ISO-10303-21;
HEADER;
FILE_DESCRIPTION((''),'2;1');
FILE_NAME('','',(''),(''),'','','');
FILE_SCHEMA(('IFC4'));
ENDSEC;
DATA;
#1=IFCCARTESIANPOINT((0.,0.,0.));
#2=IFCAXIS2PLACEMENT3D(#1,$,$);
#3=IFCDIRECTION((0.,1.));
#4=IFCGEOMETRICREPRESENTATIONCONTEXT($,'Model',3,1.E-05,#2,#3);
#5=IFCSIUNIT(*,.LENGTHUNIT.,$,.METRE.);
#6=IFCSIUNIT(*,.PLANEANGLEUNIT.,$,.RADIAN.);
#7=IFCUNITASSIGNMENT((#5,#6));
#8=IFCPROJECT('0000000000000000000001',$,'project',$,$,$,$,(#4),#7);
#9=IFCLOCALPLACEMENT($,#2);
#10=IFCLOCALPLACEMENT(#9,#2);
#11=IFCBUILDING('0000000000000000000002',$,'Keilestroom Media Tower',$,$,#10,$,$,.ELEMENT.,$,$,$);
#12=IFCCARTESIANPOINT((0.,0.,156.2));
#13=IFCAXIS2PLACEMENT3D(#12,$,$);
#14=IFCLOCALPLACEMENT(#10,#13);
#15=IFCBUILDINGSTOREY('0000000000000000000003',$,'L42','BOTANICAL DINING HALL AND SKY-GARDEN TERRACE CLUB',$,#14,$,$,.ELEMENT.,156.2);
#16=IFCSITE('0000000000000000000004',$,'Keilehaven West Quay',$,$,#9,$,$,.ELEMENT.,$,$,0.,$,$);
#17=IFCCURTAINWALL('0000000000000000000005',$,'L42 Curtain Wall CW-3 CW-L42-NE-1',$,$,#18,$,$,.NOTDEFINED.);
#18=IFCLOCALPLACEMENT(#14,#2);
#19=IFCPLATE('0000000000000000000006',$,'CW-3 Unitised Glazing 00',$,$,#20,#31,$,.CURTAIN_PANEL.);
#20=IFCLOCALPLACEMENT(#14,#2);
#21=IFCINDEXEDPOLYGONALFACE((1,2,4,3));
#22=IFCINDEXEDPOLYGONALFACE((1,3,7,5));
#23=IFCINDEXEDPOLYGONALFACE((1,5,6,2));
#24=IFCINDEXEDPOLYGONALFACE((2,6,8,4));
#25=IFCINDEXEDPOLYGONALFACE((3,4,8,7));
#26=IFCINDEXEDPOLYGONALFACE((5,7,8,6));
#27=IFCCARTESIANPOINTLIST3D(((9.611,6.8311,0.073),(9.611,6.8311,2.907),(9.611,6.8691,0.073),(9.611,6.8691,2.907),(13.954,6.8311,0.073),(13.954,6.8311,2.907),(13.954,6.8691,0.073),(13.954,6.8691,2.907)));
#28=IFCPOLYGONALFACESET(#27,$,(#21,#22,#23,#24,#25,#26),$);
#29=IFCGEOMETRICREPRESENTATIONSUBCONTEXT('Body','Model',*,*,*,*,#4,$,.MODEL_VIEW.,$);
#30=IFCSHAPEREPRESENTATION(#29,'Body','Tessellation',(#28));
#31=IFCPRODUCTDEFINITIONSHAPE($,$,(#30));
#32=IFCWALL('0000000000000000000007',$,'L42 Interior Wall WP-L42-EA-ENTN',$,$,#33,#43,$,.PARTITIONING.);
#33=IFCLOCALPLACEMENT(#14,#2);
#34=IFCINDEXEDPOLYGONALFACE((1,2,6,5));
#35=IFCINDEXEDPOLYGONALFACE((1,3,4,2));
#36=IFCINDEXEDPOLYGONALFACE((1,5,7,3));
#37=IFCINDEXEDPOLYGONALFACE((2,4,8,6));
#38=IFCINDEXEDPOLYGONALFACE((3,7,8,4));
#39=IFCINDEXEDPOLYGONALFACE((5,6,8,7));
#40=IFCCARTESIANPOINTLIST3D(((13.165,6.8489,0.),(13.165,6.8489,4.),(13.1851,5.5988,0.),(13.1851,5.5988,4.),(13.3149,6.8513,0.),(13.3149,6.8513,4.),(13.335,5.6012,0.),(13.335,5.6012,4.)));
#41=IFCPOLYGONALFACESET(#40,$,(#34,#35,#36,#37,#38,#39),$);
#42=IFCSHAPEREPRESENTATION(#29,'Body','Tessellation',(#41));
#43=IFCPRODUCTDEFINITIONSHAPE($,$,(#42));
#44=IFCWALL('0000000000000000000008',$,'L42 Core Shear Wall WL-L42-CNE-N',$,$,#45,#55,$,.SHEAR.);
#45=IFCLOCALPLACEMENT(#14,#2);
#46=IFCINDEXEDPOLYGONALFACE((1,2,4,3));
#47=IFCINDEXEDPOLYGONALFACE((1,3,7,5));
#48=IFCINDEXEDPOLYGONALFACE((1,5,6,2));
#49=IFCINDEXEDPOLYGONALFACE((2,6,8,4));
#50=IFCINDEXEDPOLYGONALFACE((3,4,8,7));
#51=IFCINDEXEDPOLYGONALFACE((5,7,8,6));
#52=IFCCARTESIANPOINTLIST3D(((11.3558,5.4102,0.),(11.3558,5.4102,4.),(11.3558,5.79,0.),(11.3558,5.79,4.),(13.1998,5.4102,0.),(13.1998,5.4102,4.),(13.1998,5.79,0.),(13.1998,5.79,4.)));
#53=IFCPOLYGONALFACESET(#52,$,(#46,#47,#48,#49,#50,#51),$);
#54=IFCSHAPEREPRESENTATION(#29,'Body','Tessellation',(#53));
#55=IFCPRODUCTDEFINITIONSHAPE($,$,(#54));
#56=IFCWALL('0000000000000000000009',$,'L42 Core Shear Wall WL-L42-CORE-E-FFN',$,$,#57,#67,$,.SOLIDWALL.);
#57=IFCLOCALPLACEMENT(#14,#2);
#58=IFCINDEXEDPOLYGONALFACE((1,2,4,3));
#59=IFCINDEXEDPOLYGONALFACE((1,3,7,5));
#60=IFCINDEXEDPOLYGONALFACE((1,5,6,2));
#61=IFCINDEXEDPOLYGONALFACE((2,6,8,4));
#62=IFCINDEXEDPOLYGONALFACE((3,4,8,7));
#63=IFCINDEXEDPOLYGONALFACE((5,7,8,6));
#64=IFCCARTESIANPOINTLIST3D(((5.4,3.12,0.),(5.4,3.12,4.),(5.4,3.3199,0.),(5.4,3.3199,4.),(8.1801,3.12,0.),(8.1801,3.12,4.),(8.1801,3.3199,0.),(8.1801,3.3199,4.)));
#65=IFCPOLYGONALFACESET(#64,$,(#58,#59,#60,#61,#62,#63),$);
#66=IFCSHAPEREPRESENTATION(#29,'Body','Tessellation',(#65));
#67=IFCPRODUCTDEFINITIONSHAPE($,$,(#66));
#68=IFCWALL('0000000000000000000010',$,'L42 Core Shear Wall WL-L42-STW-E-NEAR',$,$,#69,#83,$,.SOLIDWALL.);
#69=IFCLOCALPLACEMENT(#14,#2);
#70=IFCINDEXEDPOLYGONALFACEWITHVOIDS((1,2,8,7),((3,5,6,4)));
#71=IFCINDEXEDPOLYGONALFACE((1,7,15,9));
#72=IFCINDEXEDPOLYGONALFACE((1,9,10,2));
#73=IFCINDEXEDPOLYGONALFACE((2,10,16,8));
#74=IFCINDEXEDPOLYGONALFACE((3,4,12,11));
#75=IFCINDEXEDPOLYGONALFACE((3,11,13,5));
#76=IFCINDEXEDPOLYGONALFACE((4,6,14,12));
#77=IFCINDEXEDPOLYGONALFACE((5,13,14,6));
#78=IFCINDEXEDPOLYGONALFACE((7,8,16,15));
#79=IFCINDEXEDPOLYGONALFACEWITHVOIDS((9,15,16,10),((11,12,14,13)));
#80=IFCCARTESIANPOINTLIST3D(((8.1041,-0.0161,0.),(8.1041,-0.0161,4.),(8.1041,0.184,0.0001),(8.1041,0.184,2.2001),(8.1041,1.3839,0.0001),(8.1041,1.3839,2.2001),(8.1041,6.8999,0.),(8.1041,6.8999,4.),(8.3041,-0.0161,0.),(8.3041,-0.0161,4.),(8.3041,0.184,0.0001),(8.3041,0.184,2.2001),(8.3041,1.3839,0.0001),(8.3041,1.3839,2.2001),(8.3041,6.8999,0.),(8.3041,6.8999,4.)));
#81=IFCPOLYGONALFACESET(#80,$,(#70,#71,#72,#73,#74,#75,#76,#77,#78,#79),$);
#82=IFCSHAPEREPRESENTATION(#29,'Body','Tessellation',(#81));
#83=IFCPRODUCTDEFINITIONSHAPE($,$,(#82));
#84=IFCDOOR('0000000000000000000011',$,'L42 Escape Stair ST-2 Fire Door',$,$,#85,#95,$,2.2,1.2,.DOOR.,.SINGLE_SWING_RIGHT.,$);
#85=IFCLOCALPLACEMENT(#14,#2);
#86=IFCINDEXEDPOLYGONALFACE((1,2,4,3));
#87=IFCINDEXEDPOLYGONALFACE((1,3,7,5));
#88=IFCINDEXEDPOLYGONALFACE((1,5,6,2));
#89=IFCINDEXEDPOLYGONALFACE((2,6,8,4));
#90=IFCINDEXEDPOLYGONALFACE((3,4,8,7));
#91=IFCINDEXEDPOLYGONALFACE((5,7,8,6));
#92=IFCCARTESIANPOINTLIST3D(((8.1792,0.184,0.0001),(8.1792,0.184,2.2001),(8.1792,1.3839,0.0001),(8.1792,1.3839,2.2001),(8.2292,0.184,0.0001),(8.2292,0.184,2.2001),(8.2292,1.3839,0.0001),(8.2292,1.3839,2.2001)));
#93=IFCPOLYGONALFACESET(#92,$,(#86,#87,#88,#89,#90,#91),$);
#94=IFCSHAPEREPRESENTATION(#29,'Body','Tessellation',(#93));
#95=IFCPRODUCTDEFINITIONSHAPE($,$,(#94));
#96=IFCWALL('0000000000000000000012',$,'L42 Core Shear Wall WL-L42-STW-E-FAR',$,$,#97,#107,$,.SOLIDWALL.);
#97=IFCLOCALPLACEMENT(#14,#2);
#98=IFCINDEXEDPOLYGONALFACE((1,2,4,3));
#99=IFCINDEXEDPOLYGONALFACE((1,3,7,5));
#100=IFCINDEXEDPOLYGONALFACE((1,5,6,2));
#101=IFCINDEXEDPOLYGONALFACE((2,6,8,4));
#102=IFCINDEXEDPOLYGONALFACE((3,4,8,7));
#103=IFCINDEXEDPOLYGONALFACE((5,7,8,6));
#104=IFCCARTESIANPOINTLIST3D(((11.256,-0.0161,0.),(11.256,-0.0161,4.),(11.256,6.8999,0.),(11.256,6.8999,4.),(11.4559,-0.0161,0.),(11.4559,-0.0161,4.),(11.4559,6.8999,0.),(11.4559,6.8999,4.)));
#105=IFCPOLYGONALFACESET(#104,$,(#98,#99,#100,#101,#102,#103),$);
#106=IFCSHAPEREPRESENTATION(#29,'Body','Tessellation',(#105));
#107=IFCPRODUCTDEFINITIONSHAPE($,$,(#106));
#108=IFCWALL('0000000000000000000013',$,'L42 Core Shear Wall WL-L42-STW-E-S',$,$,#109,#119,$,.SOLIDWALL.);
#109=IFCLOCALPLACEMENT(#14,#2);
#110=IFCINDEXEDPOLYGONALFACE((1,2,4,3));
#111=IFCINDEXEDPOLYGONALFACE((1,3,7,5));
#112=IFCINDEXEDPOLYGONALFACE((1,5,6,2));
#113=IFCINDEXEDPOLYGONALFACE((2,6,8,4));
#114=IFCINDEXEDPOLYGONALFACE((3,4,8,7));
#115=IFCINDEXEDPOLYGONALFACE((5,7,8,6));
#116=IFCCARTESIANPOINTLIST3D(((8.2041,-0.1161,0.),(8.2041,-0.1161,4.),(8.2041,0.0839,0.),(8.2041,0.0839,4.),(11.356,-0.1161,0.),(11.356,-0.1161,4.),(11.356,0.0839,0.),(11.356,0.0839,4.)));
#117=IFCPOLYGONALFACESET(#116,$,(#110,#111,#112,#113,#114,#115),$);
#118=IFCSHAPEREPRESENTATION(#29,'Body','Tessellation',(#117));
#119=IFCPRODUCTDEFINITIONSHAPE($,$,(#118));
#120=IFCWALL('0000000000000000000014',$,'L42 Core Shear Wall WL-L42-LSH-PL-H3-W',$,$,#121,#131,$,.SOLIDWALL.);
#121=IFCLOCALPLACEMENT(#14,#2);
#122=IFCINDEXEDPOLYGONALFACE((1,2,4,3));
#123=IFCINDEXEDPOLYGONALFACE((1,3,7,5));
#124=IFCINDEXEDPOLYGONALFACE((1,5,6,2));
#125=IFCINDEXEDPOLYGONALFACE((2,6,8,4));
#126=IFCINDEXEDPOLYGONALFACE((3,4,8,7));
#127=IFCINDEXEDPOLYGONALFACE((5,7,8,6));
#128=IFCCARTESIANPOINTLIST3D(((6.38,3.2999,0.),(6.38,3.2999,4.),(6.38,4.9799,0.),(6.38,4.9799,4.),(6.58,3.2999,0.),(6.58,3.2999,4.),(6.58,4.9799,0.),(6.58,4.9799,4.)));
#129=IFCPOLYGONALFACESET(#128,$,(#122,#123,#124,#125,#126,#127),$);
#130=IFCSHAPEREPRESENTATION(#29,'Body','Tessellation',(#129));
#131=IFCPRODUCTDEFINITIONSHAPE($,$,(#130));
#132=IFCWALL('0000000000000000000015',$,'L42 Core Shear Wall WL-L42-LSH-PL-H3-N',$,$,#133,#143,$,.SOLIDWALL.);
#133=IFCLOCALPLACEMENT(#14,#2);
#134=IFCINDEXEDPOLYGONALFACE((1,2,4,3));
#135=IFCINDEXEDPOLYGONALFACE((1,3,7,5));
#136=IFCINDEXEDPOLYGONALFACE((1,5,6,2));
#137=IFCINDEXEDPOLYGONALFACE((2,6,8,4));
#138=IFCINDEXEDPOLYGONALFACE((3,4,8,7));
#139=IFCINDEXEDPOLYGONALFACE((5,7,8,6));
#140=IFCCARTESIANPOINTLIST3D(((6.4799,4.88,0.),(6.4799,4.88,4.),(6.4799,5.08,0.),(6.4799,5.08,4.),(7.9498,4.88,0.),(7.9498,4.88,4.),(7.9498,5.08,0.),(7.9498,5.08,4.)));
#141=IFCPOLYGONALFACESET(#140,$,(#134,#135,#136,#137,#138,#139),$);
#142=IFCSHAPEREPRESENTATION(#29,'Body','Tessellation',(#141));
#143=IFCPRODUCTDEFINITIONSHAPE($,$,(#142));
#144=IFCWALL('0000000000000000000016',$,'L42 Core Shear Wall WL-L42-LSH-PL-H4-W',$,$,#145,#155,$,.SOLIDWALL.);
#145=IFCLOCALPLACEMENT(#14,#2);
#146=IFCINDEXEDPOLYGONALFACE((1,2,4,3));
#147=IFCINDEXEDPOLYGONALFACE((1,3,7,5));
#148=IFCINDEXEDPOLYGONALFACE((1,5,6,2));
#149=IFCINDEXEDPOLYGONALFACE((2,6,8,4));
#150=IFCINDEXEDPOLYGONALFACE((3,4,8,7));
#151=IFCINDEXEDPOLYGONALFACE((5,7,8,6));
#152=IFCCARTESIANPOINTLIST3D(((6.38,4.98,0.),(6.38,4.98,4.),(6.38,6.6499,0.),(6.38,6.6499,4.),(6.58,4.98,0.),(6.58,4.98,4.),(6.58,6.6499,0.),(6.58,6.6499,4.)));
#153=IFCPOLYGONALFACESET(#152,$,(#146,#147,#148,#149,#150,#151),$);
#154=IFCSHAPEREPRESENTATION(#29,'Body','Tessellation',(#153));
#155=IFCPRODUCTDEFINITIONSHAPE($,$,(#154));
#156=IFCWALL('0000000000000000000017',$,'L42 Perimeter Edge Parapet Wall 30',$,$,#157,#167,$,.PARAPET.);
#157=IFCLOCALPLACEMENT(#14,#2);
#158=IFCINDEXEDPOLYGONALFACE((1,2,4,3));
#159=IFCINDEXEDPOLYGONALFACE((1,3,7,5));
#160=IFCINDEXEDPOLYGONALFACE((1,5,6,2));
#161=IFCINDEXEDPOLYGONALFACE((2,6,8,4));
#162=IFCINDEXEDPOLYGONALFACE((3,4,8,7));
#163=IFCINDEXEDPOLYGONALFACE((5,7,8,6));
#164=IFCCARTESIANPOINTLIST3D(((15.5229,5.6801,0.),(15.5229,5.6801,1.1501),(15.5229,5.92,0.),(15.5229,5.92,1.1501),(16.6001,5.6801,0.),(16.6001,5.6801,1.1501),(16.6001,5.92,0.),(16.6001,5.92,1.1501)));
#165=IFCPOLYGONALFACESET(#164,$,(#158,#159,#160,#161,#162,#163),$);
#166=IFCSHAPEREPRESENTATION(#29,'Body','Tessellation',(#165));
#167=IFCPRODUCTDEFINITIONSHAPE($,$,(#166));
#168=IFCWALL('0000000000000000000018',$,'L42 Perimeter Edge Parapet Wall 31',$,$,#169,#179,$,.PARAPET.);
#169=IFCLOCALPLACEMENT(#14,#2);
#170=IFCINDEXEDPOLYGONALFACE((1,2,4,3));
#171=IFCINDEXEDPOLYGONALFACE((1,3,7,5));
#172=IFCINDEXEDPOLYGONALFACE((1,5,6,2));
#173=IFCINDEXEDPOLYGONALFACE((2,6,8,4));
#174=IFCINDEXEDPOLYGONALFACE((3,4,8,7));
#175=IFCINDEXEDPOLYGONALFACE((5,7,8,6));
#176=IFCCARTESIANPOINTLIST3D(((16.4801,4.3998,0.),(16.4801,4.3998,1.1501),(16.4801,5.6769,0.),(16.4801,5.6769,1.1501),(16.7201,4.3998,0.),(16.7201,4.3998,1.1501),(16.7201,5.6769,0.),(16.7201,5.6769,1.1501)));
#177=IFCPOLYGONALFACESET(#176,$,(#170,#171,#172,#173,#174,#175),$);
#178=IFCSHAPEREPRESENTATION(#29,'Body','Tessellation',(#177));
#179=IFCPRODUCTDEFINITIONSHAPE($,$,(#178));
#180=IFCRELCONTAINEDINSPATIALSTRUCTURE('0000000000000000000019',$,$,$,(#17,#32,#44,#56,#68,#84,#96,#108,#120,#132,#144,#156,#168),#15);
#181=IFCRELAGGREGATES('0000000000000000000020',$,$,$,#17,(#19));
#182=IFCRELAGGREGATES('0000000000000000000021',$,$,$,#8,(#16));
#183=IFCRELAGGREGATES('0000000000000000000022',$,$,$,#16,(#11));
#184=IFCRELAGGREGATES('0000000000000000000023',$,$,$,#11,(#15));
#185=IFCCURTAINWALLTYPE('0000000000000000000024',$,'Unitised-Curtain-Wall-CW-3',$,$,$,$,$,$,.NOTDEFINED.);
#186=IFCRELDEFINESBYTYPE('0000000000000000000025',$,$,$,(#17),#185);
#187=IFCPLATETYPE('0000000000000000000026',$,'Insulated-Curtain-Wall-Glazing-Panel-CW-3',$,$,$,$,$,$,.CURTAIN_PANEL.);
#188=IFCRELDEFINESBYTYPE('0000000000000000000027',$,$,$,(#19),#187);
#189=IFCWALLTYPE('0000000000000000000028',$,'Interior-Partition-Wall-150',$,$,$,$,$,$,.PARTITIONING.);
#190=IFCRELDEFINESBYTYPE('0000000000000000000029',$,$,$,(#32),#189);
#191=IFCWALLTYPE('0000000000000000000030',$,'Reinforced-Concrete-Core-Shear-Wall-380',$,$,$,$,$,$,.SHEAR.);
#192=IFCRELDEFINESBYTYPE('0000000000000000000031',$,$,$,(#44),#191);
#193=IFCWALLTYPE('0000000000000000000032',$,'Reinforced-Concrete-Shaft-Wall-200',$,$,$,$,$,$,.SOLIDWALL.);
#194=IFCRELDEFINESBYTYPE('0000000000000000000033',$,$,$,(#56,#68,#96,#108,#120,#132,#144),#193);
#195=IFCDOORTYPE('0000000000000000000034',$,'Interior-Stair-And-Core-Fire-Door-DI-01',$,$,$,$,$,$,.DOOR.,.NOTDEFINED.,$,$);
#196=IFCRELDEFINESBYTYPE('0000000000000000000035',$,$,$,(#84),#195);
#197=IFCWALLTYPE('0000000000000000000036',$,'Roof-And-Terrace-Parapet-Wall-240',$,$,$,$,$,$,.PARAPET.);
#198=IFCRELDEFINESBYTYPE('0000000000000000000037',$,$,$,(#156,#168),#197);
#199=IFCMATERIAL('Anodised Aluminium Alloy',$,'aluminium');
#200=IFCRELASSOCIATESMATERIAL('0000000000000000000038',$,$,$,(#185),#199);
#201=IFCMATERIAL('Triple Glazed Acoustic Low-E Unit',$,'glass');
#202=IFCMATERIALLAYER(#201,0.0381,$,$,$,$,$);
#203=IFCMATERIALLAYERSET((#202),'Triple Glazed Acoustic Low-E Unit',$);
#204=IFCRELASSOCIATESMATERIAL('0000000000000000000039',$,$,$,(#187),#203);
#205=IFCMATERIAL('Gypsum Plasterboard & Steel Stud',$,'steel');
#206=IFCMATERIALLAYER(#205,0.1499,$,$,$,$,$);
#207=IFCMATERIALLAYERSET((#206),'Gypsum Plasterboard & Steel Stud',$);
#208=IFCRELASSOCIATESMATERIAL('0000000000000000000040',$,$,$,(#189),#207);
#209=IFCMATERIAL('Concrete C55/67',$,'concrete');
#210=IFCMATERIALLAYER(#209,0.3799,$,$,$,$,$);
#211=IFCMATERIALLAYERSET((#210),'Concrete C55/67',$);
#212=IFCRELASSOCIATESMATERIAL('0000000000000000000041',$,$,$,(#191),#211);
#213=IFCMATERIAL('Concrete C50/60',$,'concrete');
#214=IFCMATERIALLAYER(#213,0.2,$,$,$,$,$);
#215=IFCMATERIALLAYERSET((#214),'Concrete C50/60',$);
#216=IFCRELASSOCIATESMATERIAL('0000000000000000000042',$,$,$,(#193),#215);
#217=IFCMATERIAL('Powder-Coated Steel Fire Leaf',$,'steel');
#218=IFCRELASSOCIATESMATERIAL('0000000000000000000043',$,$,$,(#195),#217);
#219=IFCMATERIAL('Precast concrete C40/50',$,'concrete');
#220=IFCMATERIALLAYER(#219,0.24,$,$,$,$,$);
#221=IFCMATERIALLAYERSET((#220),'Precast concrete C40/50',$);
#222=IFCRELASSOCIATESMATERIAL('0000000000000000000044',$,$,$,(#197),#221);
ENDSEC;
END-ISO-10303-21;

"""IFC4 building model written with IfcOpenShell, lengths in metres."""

from ifc_helpers import new_model, si_unit, direction, frame, frame_2d, origin, origin_2d, place, context, subcontext, project, spatial, rectangle, extrude, source, transform, mapped, material, layer, layer_set, type_object, element, fill, aggregate, save


model = new_model("IFC4")

# Units and contexts
model_context = context("Model", 3, precision=1e-05, world=origin(), true_north=direction((0.0, 1.0)))
body_context = subcontext(model_context, "Body", "Model", "MODEL_VIEW")
ifc_project = project(units=[si_unit("LENGTHUNIT", "METRE"), si_unit("PLANEANGLEUNIT", "RADIAN")], contexts=[model_context])

# Site, building, storey
site_placement = place(None, origin())
site = spatial("IfcSite", under=ifc_project, at=site_placement, Name="Keilehaven West Quay", CompositionType="ELEMENT", RefElevation=0.0)
building_placement = place(site_placement, origin())
building = spatial("IfcBuilding", under=site, at=building_placement, Name="Keilestroom Media Tower", CompositionType="ELEMENT")
storey_placement = place(building_placement, frame((0.0, 0.0, 156.2)))
storey = spatial("IfcBuildingStorey", under=building, at=storey_placement, Name="L42", Description="BOTANICAL DINING HALL AND SKY-GARDEN TERRACE CLUB", CompositionType="ELEMENT", Elevation=156.2)

# Shared definitions
ifc_material_1 = material(Name="Precast concrete C40/50", Category="concrete")
ifc_material_2 = material(Name="Concrete C55/67", Category="concrete")

# Curtain wall
ifc_material_3 = material(Name="Anodised Aluminium Alloy", Category="aluminium")
curtain_wall_type = type_object("IfcCurtainWallType", Name="Unitised-Curtain-Wall-CW-3", PredefinedType="NOTDEFINED", material=ifc_material_3)
curtain_wall_placement = place(storey_placement, origin())
curtain_wall = element("IfcCurtainWall", 1, at=curtain_wall_placement, inside=storey, type_object=curtain_wall_type, Name="L42 Curtain Wall CW-3 CW-L42-NE-1", PredefinedType="NOTDEFINED")

# Plate
ifc_material_4 = material(Name="Triple Glazed Acoustic Low-E Unit", Category="glass")
ifc_layer_1 = layer(ifc_material_4, 0.0381)
ifc_layer_set_1 = layer_set([ifc_layer_1], Name="Triple Glazed Acoustic Low-E Unit")
plate_type = type_object("IfcPlateType", Name="Insulated-Curtain-Wall-Glazing-Panel-CW-3", PredefinedType="CURTAIN_PANEL", material=ifc_layer_set_1)
shared_shape_1 = source(origin(), body_context, "Body", "SweptSolid", [
    extrude(rectangle(XDim=4.343, YDim=0.0381, at=origin_2d()), origin(), (0.0, 0.0, 1.0), 2.834),
])
plate_placement = place(storey_placement, frame((11.7825, 6.8501, 0.073), z_axis=(0.0, 0.0, 1.0), x_axis=(1.0, 0.0, 0.0)))
plate = element("IfcPlate", 2, at=plate_placement, type_object=plate_type, Name="CW-3 Unitised Glazing 00", PredefinedType="CURTAIN_PANEL", context=body_context, shape_type="MappedRepresentation", body=[
    mapped(shared_shape_1, transform((0.0, 0.0, 0.0), x_axis=(1.0, 0.0, 0.0), y_axis=(0.0, 1.0, 0.0), z_axis=(0.0, 0.0, 1.0), scale=1.0)),
])
aggregate(curtain_wall, [plate])

# Walls
ifc_material_5 = material(Name="Gypsum Plasterboard & Steel Stud", Category="steel")
ifc_layer_2 = layer(ifc_material_5, 0.1499)
ifc_layer_set_2 = layer_set([ifc_layer_2], Name="Gypsum Plasterboard & Steel Stud")
wall_type_1 = type_object("IfcWallType", Name="Interior-Partition-Wall-150", PredefinedType="PARTITIONING", material=ifc_layer_set_2)
wall_1_placement = place(storey_placement, frame((13.26, 5.6001, 0.0), z_axis=(0.0, 0.0, 1.0), x_axis=(-0.016014, 0.999872, 0.0)))
element("IfcWall", 3, at=wall_1_placement, inside=storey, type_object=wall_type_1, Name="L42 Interior Wall WP-L42-EA-ENTN", PredefinedType="PARTITIONING", context=body_context, shape_type="SweptSolid", body=[
    extrude(rectangle(XDim=1.2502, YDim=0.1499, at=frame_2d((0.625, 0.0))), origin(), (0.0, 0.0, 1.0), 4.0),
])
ifc_layer_3 = layer(ifc_material_2, 0.3799)
ifc_layer_set_3 = layer_set([ifc_layer_3], Name="Concrete C55/67")
wall_type_2 = type_object("IfcWallType", Name="Reinforced-Concrete-Core-Shear-Wall-380", PredefinedType="SHEAR", material=ifc_layer_set_3)
wall_2_placement = place(storey_placement, frame((11.356, 5.6001, 0.0), z_axis=(0.0, 0.0, 1.0), x_axis=(1.0, 0.0, 0.0)))
element("IfcWall", 4, at=wall_2_placement, inside=storey, type_object=wall_type_2, Name="L42 Core Shear Wall WL-L42-CNE-N", PredefinedType="SHEAR", context=body_context, shape_type="SweptSolid", body=[
    extrude(rectangle(XDim=1.844, YDim=0.3799, at=frame_2d((0.9219, 0.0))), origin(), (0.0, 0.0, 1.0), 4.0),
])
ifc_material_6 = material(Name="Concrete C50/60", Category="concrete")
ifc_layer_4 = layer(ifc_material_6, 0.2)
ifc_layer_set_4 = layer_set([ifc_layer_4], Name="Concrete C50/60")
wall_type_3 = type_object("IfcWallType", Name="Reinforced-Concrete-Shaft-Wall-200", PredefinedType="SOLIDWALL", material=ifc_layer_set_4)
wall_3_placement = place(storey_placement, frame((5.3999, 3.22, 0.0), z_axis=(0.0, 0.0, 1.0), x_axis=(1.0, 0.0, 0.0)))
element("IfcWall", 5, at=wall_3_placement, inside=storey, type_object=wall_type_3, Name="L42 Core Shear Wall WL-L42-CORE-E-FFN", PredefinedType="SOLIDWALL", context=body_context, shape_type="SweptSolid", body=[
    extrude(rectangle(XDim=2.78, YDim=0.2, at=frame_2d((1.3901, 0.0))), origin(), (0.0, 0.0, 1.0), 4.0),
])

# Wall, opening, door
wall_4_placement = place(storey_placement, frame((8.2041, -0.0161, 0.0), z_axis=(0.0, 0.0, 1.0), x_axis=(0.0, 1.0, 0.0)))
wall_4 = element("IfcWall", 6, at=wall_4_placement, inside=storey, type_object=wall_type_3, Name="L42 Core Shear Wall WL-L42-STW-E-NEAR", PredefinedType="SOLIDWALL", context=body_context, shape_type="SweptSolid", body=[
    extrude(rectangle(XDim=6.916, YDim=0.2, at=frame_2d((3.458, 0.0))), origin(), (0.0, 0.0, 1.0), 4.0),
])
opening_placement = place(wall_4_placement, frame((0.2, 0.0, 0.0)))
opening = element("IfcOpeningElement", 7, at=opening_placement, cuts=wall_4, PredefinedType="OPENING", context=body_context, shape_type="SweptSolid", body=[
    extrude(rectangle(XDim=1.2, YDim=2.2, at=frame_2d((0.6001, 1.1001))), frame((0.0, 0.1099, 0.0), z_axis=(0.0, -1.0, 0.0), x_axis=(1.0, 0.0, 0.0)), (0.0, 0.0, 1.0), 0.22),
])
ifc_material_7 = material(Name="Powder-Coated Steel Fire Leaf", Category="steel")
door_type = type_object("IfcDoorType", Name="Interior-Stair-And-Core-Fire-Door-DI-01", OperationType="NOTDEFINED", PredefinedType="DOOR", material=ifc_material_7)
shared_shape_2 = source(origin(), body_context, "Body", "SweptSolid", [
    extrude(rectangle(XDim=1.2, YDim=2.2, at=frame_2d((0.6001, 1.1001))), frame((0.0, 0.0249, 0.0), z_axis=(0.0, -1.0, 0.0), x_axis=(1.0, 0.0, 0.0)), (0.0, 0.0, 1.0), 0.05),
])
door_placement = place(opening_placement, origin())
door = element("IfcDoor", 8, at=door_placement, inside=storey, type_object=door_type, Name="L42 Escape Stair ST-2 Fire Door", OperationType="SINGLE_SWING_RIGHT", OverallHeight=2.2, OverallWidth=1.2, PredefinedType="DOOR", context=body_context, shape_type="MappedRepresentation", body=[
    mapped(shared_shape_2, transform((0.0, 0.0, 0.0), x_axis=(1.0, 0.0, 0.0), y_axis=(0.0, 1.0, 0.0), z_axis=(0.0, 0.0, 1.0), scale=1.0)),
])
fill(opening, door)

# Walls
wall_5_placement = place(storey_placement, frame((11.356, -0.0161, 0.0), z_axis=(0.0, 0.0, 1.0), x_axis=(0.0, 1.0, 0.0)))
element("IfcWall", 9, at=wall_5_placement, inside=storey, type_object=wall_type_3, Name="L42 Core Shear Wall WL-L42-STW-E-FAR", PredefinedType="SOLIDWALL", context=body_context, shape_type="SweptSolid", body=[
    extrude(rectangle(XDim=6.916, YDim=0.2, at=frame_2d((3.458, 0.0))), origin(), (0.0, 0.0, 1.0), 4.0),
])
wall_6_placement = place(storey_placement, frame((8.2041, -0.0161, 0.0), z_axis=(0.0, 0.0, 1.0), x_axis=(1.0, 0.0, 0.0)))
element("IfcWall", 10, at=wall_6_placement, inside=storey, type_object=wall_type_3, Name="L42 Core Shear Wall WL-L42-STW-E-S", PredefinedType="SOLIDWALL", context=body_context, shape_type="SweptSolid", body=[
    extrude(rectangle(XDim=3.1519, YDim=0.2, at=frame_2d((1.5759, 0.0))), origin(), (0.0, 0.0, 1.0), 4.0),
])
wall_7_placement = place(storey_placement, frame((6.48, 3.3, 0.0), z_axis=(0.0, 0.0, 1.0), x_axis=(0.0, 1.0, 0.0)))
element("IfcWall", 11, at=wall_7_placement, inside=storey, type_object=wall_type_3, Name="L42 Core Shear Wall WL-L42-LSH-PL-H3-W", PredefinedType="SOLIDWALL", context=body_context, shape_type="SweptSolid", body=[
    extrude(rectangle(XDim=1.6799, YDim=0.2, at=frame_2d((0.8398, 0.0))), origin(), (0.0, 0.0, 1.0), 4.0),
])
wall_8_placement = place(storey_placement, frame((6.48, 4.98, 0.0), z_axis=(0.0, 0.0, 1.0), x_axis=(1.0, 0.0, 0.0)))
element("IfcWall", 12, at=wall_8_placement, inside=storey, type_object=wall_type_3, Name="L42 Core Shear Wall WL-L42-LSH-PL-H3-N", PredefinedType="SOLIDWALL", context=body_context, shape_type="SweptSolid", body=[
    extrude(rectangle(XDim=1.47, YDim=0.2, at=frame_2d((0.7349, 0.0))), origin(), (0.0, 0.0, 1.0), 4.0),
])
wall_9_placement = place(storey_placement, frame((6.48, 4.98, 0.0), z_axis=(0.0, 0.0, 1.0), x_axis=(0.0, 1.0, 0.0)))
element("IfcWall", 13, at=wall_9_placement, inside=storey, type_object=wall_type_3, Name="L42 Core Shear Wall WL-L42-LSH-PL-H4-W", PredefinedType="SOLIDWALL", context=body_context, shape_type="SweptSolid", body=[
    extrude(rectangle(XDim=1.6699, YDim=0.2, at=frame_2d((0.835, 0.0))), origin(), (0.0, 0.0, 1.0), 4.0),
])
ifc_layer_5 = layer(ifc_material_1, 0.24)
ifc_layer_set_5 = layer_set([ifc_layer_5], Name="Precast concrete C40/50")
wall_type_4 = type_object("IfcWallType", Name="Roof-And-Terrace-Parapet-Wall-240", PredefinedType="PARAPET", material=ifc_layer_set_5)
wall_10_placement = place(storey_placement, frame((15.5229, 5.8, 0.0), z_axis=(0.0, 0.0, 1.0), x_axis=(1.0, 0.0, 0.0)))
element("IfcWall", 14, at=wall_10_placement, inside=storey, type_object=wall_type_4, Name="L42 Perimeter Edge Parapet Wall 30", PredefinedType="PARAPET", context=body_context, shape_type="SweptSolid", body=[
    extrude(rectangle(XDim=1.0771, YDim=0.24, at=frame_2d((0.5386, 0.0))), origin(), (0.0, 0.0, 1.0), 1.1501),
])
wall_11_placement = place(storey_placement, frame((16.6001, 5.677, 0.0), z_axis=(0.0, 0.0, 1.0), x_axis=(0.0, -1.0, 0.0)))
element("IfcWall", 15, at=wall_11_placement, inside=storey, type_object=wall_type_4, Name="L42 Perimeter Edge Parapet Wall 31", PredefinedType="PARAPET", context=body_context, shape_type="SweptSolid", body=[
    extrude(rectangle(XDim=1.2771, YDim=0.24, at=frame_2d((0.6387, 0.0))), origin(), (0.0, 0.0, 1.0), 1.1501),
])

save(model, "model.ifc")
